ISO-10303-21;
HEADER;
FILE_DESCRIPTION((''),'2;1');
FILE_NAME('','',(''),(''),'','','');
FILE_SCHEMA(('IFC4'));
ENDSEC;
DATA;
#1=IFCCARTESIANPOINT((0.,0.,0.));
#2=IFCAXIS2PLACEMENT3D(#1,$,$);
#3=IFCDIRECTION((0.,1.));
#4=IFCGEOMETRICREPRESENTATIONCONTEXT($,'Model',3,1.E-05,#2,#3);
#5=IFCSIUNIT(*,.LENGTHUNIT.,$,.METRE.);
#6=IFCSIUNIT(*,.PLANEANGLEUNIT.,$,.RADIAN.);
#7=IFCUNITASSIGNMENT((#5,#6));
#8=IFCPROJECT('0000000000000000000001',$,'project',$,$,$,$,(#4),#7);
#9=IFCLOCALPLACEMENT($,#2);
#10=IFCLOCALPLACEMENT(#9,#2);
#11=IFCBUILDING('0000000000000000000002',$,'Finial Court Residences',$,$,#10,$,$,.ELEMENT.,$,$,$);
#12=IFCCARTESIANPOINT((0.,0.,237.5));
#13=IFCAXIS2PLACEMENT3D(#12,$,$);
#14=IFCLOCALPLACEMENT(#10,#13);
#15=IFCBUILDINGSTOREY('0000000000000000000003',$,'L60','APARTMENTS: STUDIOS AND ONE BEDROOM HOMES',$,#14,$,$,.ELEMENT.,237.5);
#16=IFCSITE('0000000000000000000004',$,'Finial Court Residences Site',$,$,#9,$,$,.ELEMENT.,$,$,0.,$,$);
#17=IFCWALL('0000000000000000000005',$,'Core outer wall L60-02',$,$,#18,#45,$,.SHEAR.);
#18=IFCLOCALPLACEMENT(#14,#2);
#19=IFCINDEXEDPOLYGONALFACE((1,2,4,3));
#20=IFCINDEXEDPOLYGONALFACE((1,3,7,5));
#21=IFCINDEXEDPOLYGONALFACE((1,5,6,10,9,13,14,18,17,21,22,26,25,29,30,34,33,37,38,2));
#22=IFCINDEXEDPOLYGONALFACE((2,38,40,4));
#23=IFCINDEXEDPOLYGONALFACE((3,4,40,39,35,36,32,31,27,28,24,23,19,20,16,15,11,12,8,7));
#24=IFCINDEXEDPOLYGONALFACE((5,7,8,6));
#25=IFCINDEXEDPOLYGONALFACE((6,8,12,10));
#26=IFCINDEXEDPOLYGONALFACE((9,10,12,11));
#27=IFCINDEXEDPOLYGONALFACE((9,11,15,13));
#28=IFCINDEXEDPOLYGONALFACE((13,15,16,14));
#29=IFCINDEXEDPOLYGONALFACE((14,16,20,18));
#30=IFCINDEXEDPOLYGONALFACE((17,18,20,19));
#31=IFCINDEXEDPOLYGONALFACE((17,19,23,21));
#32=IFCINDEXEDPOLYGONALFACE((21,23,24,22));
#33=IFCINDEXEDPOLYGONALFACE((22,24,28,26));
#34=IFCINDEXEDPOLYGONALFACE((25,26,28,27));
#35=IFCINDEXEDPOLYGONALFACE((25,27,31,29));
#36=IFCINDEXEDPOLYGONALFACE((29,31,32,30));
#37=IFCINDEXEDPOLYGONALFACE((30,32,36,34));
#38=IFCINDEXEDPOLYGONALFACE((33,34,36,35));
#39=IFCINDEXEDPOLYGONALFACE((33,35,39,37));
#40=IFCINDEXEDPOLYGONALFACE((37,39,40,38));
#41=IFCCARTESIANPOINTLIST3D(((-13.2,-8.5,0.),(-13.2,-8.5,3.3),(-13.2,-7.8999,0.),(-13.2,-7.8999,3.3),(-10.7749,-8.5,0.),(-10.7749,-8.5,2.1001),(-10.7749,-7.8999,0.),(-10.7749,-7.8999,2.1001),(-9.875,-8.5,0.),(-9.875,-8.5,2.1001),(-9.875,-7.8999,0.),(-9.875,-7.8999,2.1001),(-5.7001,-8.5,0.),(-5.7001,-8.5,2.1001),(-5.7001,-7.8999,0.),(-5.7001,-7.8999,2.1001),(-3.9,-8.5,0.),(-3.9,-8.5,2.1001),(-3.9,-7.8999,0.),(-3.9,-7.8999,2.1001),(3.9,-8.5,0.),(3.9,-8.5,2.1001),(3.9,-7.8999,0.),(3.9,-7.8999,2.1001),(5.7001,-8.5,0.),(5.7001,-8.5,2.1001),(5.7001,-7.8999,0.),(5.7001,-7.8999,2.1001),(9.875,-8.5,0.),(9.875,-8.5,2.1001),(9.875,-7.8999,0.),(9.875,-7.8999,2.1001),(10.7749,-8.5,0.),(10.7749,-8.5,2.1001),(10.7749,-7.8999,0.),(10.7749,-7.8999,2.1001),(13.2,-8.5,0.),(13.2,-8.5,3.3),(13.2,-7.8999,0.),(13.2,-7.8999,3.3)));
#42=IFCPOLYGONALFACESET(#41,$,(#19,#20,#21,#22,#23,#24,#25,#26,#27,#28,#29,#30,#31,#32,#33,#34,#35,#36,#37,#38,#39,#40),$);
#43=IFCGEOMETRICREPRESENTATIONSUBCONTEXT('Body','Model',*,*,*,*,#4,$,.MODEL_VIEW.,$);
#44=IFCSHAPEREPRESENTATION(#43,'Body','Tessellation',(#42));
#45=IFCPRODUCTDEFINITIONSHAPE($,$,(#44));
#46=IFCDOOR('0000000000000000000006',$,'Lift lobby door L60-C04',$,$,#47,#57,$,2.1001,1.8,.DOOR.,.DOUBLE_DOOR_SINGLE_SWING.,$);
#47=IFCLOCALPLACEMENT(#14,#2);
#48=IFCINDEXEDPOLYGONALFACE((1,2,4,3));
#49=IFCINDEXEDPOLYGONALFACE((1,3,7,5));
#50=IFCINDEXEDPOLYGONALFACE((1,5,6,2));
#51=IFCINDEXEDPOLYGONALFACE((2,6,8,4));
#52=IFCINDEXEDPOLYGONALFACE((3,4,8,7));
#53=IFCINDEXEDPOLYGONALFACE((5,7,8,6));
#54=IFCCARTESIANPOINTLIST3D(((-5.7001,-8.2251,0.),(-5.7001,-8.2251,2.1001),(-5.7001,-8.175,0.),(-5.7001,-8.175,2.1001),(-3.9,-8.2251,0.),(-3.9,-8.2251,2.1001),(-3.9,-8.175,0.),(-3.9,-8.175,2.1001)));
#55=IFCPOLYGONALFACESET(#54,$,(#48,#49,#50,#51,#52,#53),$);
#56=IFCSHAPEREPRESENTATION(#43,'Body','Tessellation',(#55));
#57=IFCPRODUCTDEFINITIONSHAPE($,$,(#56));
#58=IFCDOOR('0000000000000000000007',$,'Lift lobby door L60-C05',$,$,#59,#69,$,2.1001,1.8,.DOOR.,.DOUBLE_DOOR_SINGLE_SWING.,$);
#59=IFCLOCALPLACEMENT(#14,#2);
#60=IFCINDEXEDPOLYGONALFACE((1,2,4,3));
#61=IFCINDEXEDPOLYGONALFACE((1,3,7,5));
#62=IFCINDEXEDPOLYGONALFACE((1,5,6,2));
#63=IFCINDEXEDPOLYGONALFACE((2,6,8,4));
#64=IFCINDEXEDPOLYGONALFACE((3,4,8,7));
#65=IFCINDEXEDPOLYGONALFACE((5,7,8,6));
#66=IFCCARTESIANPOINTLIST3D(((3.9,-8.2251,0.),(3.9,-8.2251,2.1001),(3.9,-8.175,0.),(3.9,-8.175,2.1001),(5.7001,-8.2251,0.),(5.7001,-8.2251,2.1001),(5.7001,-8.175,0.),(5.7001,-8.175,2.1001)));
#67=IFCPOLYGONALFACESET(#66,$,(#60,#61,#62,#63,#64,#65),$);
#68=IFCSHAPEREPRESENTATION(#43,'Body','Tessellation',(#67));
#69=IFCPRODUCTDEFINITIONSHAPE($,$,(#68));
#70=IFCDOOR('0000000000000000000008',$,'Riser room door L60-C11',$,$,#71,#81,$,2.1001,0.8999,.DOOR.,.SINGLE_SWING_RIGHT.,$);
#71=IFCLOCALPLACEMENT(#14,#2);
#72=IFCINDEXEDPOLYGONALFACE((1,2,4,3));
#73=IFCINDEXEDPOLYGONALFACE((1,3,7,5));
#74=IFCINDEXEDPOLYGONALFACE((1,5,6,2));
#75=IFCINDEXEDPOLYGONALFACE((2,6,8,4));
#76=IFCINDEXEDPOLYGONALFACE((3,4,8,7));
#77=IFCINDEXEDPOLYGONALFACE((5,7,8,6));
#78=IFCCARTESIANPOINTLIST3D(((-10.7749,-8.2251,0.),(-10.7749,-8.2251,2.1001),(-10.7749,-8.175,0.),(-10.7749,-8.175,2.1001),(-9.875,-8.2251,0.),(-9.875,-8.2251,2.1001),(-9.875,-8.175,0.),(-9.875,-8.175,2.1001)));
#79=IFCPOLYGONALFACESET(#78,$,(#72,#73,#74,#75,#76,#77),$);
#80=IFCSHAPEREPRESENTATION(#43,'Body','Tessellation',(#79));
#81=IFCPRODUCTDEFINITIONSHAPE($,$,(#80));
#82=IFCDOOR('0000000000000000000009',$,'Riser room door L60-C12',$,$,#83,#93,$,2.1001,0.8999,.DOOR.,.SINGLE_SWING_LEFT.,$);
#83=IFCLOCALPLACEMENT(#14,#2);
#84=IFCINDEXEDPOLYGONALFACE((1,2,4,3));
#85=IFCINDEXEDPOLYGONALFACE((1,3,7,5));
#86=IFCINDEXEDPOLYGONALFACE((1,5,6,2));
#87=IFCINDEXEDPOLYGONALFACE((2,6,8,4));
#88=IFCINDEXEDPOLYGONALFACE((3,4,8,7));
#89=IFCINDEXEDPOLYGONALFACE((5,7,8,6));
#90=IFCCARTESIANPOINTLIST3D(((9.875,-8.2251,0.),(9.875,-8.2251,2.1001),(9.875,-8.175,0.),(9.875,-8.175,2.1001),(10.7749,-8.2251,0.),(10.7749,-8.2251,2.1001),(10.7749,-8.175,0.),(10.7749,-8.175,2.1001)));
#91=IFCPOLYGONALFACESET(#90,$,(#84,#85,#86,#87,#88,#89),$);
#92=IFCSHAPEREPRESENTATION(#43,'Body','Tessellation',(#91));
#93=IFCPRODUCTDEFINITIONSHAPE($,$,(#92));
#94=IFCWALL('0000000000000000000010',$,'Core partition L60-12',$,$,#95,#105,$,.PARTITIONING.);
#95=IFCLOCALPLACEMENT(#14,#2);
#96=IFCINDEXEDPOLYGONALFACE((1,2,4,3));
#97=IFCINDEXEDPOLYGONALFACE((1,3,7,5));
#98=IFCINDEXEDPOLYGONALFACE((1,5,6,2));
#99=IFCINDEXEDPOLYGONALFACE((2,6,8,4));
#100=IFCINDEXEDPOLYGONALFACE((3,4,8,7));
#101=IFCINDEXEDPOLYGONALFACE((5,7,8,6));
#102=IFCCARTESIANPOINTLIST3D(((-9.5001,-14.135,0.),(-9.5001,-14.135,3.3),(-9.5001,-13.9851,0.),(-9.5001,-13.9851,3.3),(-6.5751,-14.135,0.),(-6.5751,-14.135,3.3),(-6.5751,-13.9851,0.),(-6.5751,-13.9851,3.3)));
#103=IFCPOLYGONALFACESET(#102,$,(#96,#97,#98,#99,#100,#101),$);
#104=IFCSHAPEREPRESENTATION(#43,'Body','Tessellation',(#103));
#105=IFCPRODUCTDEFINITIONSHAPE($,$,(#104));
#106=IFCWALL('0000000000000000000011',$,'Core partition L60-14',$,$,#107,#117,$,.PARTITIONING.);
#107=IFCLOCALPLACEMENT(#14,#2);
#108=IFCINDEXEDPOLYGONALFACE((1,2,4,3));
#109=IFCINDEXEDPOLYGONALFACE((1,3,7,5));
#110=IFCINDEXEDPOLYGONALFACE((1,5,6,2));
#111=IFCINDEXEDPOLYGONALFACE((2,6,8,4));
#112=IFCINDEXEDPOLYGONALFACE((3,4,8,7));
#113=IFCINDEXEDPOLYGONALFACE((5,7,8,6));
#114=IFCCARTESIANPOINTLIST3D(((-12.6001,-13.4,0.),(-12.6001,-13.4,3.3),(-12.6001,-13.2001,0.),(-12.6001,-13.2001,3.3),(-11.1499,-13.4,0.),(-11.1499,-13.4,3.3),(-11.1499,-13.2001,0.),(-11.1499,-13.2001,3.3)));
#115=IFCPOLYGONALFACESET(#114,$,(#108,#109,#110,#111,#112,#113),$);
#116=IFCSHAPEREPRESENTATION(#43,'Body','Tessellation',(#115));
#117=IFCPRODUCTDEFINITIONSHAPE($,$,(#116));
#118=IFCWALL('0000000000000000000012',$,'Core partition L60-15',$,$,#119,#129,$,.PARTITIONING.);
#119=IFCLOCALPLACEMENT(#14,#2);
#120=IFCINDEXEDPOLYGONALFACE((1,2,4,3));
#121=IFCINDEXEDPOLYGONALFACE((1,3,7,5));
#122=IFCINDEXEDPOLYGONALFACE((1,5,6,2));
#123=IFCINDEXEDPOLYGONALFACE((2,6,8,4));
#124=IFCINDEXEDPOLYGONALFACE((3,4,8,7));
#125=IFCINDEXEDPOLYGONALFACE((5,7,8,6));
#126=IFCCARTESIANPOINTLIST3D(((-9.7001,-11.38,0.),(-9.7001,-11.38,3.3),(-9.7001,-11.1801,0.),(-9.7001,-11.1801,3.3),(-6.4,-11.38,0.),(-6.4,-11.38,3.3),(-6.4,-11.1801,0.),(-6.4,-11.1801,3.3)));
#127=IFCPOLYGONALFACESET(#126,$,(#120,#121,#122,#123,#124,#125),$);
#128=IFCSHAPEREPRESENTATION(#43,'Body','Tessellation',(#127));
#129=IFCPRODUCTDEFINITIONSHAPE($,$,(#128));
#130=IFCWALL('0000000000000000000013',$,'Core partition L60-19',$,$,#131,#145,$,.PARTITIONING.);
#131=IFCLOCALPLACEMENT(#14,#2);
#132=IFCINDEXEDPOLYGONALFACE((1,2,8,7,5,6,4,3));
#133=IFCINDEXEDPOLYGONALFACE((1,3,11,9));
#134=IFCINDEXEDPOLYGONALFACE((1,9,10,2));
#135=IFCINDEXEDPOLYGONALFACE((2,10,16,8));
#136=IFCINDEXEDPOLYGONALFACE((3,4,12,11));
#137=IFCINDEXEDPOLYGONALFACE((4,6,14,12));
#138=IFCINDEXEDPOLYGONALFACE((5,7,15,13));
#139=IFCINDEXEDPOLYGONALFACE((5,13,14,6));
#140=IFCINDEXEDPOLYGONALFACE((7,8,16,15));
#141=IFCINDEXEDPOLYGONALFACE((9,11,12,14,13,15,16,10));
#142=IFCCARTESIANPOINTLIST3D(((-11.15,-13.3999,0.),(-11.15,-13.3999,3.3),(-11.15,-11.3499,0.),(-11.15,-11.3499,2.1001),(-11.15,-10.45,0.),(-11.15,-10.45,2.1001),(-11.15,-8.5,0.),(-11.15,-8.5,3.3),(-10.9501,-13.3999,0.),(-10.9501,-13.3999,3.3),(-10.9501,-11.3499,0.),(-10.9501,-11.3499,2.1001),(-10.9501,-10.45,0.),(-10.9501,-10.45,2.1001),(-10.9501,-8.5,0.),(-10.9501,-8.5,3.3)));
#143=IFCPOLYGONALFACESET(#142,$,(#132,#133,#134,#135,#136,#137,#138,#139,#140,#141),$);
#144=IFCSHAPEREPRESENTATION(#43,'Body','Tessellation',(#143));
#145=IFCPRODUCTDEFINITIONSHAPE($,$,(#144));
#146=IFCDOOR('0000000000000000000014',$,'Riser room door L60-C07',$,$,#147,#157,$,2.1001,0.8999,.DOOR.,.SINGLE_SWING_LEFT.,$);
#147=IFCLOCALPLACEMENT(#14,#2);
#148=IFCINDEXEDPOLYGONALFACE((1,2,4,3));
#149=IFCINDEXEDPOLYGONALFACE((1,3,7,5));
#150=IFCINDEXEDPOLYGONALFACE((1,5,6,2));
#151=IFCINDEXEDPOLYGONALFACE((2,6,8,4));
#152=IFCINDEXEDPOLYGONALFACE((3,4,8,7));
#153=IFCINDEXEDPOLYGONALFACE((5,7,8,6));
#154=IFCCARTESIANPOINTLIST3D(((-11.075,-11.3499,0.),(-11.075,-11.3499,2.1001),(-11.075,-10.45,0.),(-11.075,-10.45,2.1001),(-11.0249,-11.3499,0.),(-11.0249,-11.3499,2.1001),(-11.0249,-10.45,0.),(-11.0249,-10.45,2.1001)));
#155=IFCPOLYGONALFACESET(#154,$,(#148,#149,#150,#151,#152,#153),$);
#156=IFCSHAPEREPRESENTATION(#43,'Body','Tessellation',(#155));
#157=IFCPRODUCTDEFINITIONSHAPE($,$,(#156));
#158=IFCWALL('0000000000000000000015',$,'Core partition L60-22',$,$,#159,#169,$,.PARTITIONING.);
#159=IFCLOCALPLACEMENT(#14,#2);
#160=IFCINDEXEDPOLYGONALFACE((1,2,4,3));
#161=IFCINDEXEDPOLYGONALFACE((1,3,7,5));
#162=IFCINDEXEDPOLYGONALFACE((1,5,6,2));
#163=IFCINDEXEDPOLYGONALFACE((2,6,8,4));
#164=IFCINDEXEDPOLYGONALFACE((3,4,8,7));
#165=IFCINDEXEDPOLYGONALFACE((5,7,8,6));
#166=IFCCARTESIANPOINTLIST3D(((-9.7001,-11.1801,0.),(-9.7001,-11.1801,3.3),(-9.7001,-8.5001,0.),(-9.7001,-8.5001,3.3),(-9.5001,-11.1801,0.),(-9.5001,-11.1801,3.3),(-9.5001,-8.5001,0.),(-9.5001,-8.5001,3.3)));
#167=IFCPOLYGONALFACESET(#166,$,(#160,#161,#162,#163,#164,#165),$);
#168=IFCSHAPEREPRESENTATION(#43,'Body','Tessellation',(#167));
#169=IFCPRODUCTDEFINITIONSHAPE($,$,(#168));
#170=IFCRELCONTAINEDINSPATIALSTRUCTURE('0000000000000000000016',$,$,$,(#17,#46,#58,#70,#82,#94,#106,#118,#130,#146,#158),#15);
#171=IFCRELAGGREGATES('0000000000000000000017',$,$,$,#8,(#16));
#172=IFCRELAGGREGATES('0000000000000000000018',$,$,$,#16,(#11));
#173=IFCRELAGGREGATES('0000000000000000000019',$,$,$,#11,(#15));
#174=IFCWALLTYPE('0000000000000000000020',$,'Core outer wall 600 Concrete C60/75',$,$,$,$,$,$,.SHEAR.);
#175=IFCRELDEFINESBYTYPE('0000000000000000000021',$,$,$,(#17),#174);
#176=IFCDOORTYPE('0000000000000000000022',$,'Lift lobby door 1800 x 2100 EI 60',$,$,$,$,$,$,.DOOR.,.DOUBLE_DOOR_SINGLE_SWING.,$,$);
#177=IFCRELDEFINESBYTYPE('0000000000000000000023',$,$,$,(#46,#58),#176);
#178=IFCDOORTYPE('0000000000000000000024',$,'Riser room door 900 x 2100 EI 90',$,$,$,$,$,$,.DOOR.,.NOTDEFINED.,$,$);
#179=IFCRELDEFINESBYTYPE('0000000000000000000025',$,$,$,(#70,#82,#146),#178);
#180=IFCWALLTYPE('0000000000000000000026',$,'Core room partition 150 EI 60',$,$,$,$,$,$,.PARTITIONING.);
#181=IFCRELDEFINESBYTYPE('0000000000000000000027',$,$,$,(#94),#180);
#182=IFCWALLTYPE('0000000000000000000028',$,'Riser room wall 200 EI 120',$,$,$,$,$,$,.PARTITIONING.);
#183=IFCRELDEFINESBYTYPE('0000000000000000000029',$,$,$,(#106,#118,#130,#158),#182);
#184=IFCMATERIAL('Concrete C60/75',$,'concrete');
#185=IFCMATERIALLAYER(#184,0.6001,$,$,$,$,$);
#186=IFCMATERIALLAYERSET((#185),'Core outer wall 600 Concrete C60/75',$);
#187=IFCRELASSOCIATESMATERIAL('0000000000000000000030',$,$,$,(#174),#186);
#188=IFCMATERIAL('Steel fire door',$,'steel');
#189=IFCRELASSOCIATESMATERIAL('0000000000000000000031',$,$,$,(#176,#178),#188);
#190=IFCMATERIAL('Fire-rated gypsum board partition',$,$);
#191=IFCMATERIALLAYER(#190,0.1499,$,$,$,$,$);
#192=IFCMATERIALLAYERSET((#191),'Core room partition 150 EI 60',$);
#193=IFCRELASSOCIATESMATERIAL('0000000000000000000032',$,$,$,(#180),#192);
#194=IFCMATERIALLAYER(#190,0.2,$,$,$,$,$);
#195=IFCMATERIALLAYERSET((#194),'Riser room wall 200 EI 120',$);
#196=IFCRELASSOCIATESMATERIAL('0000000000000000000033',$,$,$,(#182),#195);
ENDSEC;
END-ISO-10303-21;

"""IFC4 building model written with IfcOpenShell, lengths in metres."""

from ifc_helpers import new_model, si_unit, direction, frame, frame_2d, origin, place, context, subcontext, project, spatial, rectangle, extrude, material, layer, layer_set, type_object, element, fill, save


model = new_model("IFC4")

# Units and contexts
model_context = context("Model", 3, precision=1e-05, world=origin(), true_north=direction((0.0, 1.0)))
body_context = subcontext(model_context, "Body", "Model", "MODEL_VIEW")
ifc_project = project(units=[si_unit("LENGTHUNIT", "METRE"), si_unit("PLANEANGLEUNIT", "RADIAN")], contexts=[model_context])

# Site, building, storey
site_placement = place(None, origin())
site = spatial("IfcSite", under=ifc_project, at=site_placement, Name="Finial Court Residences Site", CompositionType="ELEMENT", RefElevation=0.0)
building_placement = place(site_placement, origin())
building = spatial("IfcBuilding", under=site, at=building_placement, Name="Finial Court Residences", CompositionType="ELEMENT")
storey_placement = place(building_placement, frame((0.0, 0.0, 237.5)))
storey = spatial("IfcBuildingStorey", under=building, at=storey_placement, Name="L60", Description="APARTMENTS: STUDIOS AND ONE BEDROOM HOMES", CompositionType="ELEMENT", Elevation=237.5)

# Wall, openings, doors
ifc_material_1 = material(Name="Concrete C60/75", Category="concrete")
ifc_layer_1 = layer(ifc_material_1, 0.6001)
ifc_layer_set_1 = layer_set([ifc_layer_1], Name="Core outer wall 600 Concrete C60/75")
wall_type_1 = type_object("IfcWallType", Name="Core outer wall 600 Concrete C60/75", PredefinedType="SHEAR", material=ifc_layer_set_1)
wall_1_placement = place(storey_placement, frame((-13.2, -8.2, 0.0), z_axis=(0.0, 0.0, 1.0), x_axis=(1.0, 0.0, 0.0)))
wall_1 = element("IfcWall", 1, at=wall_1_placement, inside=storey, type_object=wall_type_1, Name="Core outer wall L60-02", PredefinedType="SHEAR", context=body_context, shape_type="SweptSolid", body=[
    extrude(rectangle(XDim=26.3999, YDim=0.6001, at=frame_2d((13.2, 0.0))), origin(), (0.0, 0.0, 1.0), 3.3),
])
opening_1_placement = place(wall_1_placement, frame((7.5, 0.0, 0.0)))
opening_1 = element("IfcOpeningElement", 2, at=opening_1_placement, cuts=wall_1, PredefinedType="OPENING", context=body_context, shape_type="SweptSolid", body=[
    extrude(rectangle(XDim=1.8, YDim=2.1001, at=frame_2d((0.8999, 1.05))), frame((0.0, 0.3101, 0.0), z_axis=(0.0, -1.0, 0.0), x_axis=(1.0, 0.0, 0.0)), (0.0, 0.0, 1.0), 0.6201),
])
opening_2_placement = place(wall_1_placement, frame((17.1001, 0.0, 0.0)))
opening_2 = element("IfcOpeningElement", 3, at=opening_2_placement, cuts=wall_1, PredefinedType="OPENING", context=body_context, shape_type="SweptSolid", body=[
    extrude(rectangle(XDim=1.8, YDim=2.1001, at=frame_2d((0.8999, 1.05))), frame((0.0, 0.3101, 0.0), z_axis=(0.0, -1.0, 0.0), x_axis=(1.0, 0.0, 0.0)), (0.0, 0.0, 1.0), 0.6201),
])
opening_3_placement = place(wall_1_placement, frame((2.425, 0.0, 0.0)))
opening_3 = element("IfcOpeningElement", 4, at=opening_3_placement, cuts=wall_1, PredefinedType="OPENING", context=body_context, shape_type="SweptSolid", body=[
    extrude(rectangle(XDim=0.8999, YDim=2.1001, at=frame_2d((0.45, 1.05))), frame((0.0, 0.3101, 0.0), z_axis=(0.0, -1.0, 0.0), x_axis=(1.0, 0.0, 0.0)), (0.0, 0.0, 1.0), 0.6201),
])
opening_4_placement = place(wall_1_placement, frame((23.075, 0.0, 0.0)))
opening_4 = element("IfcOpeningElement", 5, at=opening_4_placement, cuts=wall_1, PredefinedType="OPENING", context=body_context, shape_type="SweptSolid", body=[
    extrude(rectangle(XDim=0.8999, YDim=2.1001, at=frame_2d((0.45, 1.05))), frame((0.0, 0.3101, 0.0), z_axis=(0.0, -1.0, 0.0), x_axis=(1.0, 0.0, 0.0)), (0.0, 0.0, 1.0), 0.6201),
])
ifc_material_2 = material(Name="Steel fire door", Category="steel")
door_type_1 = type_object("IfcDoorType", Name="Lift lobby door 1800 x 2100 EI 60", OperationType="DOUBLE_DOOR_SINGLE_SWING", PredefinedType="DOOR", material=ifc_material_2)
door_1_placement = place(opening_1_placement, origin())
door_1 = element("IfcDoor", 6, at=door_1_placement, inside=storey, type_object=door_type_1, Name="Lift lobby door L60-C04", OperationType="DOUBLE_DOOR_SINGLE_SWING", OverallHeight=2.1001, OverallWidth=1.8, PredefinedType="DOOR", context=body_context, shape_type="SweptSolid", body=[
    extrude(rectangle(XDim=1.8, YDim=2.1001, at=frame_2d((0.8999, 1.05))), frame((0.0, 0.0249, 0.0), z_axis=(0.0, -1.0, 0.0), x_axis=(1.0, 0.0, 0.0)), (0.0, 0.0, 1.0), 0.05),
])
fill(opening_1, door_1)
door_2_placement = place(opening_2_placement, origin())
door_2 = element("IfcDoor", 7, at=door_2_placement, inside=storey, type_object=door_type_1, Name="Lift lobby door L60-C05", OperationType="DOUBLE_DOOR_SINGLE_SWING", OverallHeight=2.1001, OverallWidth=1.8, PredefinedType="DOOR", context=body_context, shape_type="SweptSolid", body=[
    extrude(rectangle(XDim=1.8, YDim=2.1001, at=frame_2d((0.8999, 1.05))), frame((0.0, 0.0249, 0.0), z_axis=(0.0, -1.0, 0.0), x_axis=(1.0, 0.0, 0.0)), (0.0, 0.0, 1.0), 0.05),
])
fill(opening_2, door_2)
door_type_2 = type_object("IfcDoorType", Name="Riser room door 900 x 2100 EI 90", OperationType="NOTDEFINED", PredefinedType="DOOR", material=ifc_material_2)
door_3_placement = place(opening_3_placement, origin())
door_3 = element("IfcDoor", 8, at=door_3_placement, inside=storey, type_object=door_type_2, Name="Riser room door L60-C11", OperationType="SINGLE_SWING_RIGHT", OverallHeight=2.1001, OverallWidth=0.8999, PredefinedType="DOOR", context=body_context, shape_type="SweptSolid", body=[
    extrude(rectangle(XDim=0.8999, YDim=2.1001, at=frame_2d((0.45, 1.05))), frame((0.0, 0.0249, 0.0), z_axis=(0.0, -1.0, 0.0), x_axis=(1.0, 0.0, 0.0)), (0.0, 0.0, 1.0), 0.05),
])
fill(opening_3, door_3)
door_4_placement = place(opening_4_placement, origin())
door_4 = element("IfcDoor", 9, at=door_4_placement, inside=storey, type_object=door_type_2, Name="Riser room door L60-C12", OperationType="SINGLE_SWING_LEFT", OverallHeight=2.1001, OverallWidth=0.8999, PredefinedType="DOOR", context=body_context, shape_type="SweptSolid", body=[
    extrude(rectangle(XDim=0.8999, YDim=2.1001, at=frame_2d((0.45, 1.05))), frame((0.0, 0.0249, 0.0), z_axis=(0.0, -1.0, 0.0), x_axis=(1.0, 0.0, 0.0)), (0.0, 0.0, 1.0), 0.05),
])
fill(opening_4, door_4)

# Walls
ifc_material_3 = material(Name="Fire-rated gypsum board partition")
ifc_layer_2 = layer(ifc_material_3, 0.1499)
ifc_layer_set_2 = layer_set([ifc_layer_2], Name="Core room partition 150 EI 60")
wall_type_2 = type_object("IfcWallType", Name="Core room partition 150 EI 60", PredefinedType="PARTITIONING", material=ifc_layer_set_2)
wall_2_placement = place(storey_placement, frame((-9.5, -14.0601, 0.0), z_axis=(0.0, 0.0, 1.0), x_axis=(1.0, 0.0, 0.0)))
element("IfcWall", 10, at=wall_2_placement, inside=storey, type_object=wall_type_2, Name="Core partition L60-12", PredefinedType="PARTITIONING", context=body_context, shape_type="SweptSolid", body=[
    extrude(rectangle(XDim=2.925, YDim=0.1499, at=frame_2d((1.4624, 0.0))), origin(), (0.0, 0.0, 1.0), 3.3),
])
ifc_layer_3 = layer(ifc_material_3, 0.2)
ifc_layer_set_3 = layer_set([ifc_layer_3], Name="Riser room wall 200 EI 120")
wall_type_3 = type_object("IfcWallType", Name="Riser room wall 200 EI 120", PredefinedType="PARTITIONING", material=ifc_layer_set_3)
wall_3_placement = place(storey_placement, frame((-12.6001, -13.3, 0.0), z_axis=(0.0, 0.0, 1.0), x_axis=(1.0, 0.0, 0.0)))
element("IfcWall", 11, at=wall_3_placement, inside=storey, type_object=wall_type_3, Name="Core partition L60-14", PredefinedType="PARTITIONING", context=body_context, shape_type="SweptSolid", body=[
    extrude(rectangle(XDim=1.4502, YDim=0.2, at=frame_2d((0.7251, 0.0))), origin(), (0.0, 0.0, 1.0), 3.3),
])
wall_4_placement = place(storey_placement, frame((-9.7, -11.28, 0.0), z_axis=(0.0, 0.0, 1.0), x_axis=(1.0, 0.0, 0.0)))
element("IfcWall", 12, at=wall_4_placement, inside=storey, type_object=wall_type_3, Name="Core partition L60-15", PredefinedType="PARTITIONING", context=body_context, shape_type="SweptSolid", body=[
    extrude(rectangle(XDim=3.3, YDim=0.2, at=frame_2d((1.6499, 0.0))), origin(), (0.0, 0.0, 1.0), 3.3),
])

# Wall, opening, door
wall_5_placement = place(storey_placement, frame((-11.05, -13.3999, 0.0), z_axis=(0.0, 0.0, 1.0), x_axis=(0.0, 1.0, 0.0)))
wall_5 = element("IfcWall", 13, at=wall_5_placement, inside=storey, type_object=wall_type_3, Name="Core partition L60-19", PredefinedType="PARTITIONING", context=body_context, shape_type="SweptSolid", body=[
    extrude(rectangle(XDim=4.8999, YDim=0.2, at=frame_2d((2.45, 0.0))), origin(), (0.0, 0.0, 1.0), 3.3),
])
opening_5_placement = place(wall_5_placement, frame((2.05, 0.0, 0.0)))
opening_5 = element("IfcOpeningElement", 14, at=opening_5_placement, cuts=wall_5, PredefinedType="OPENING", context=body_context, shape_type="SweptSolid", body=[
    extrude(rectangle(XDim=0.8999, YDim=2.1001, at=frame_2d((0.45, 1.05))), frame((0.0, 0.1099, 0.0), z_axis=(0.0, -1.0, 0.0), x_axis=(1.0, 0.0, 0.0)), (0.0, 0.0, 1.0), 0.22),
])
door_5_placement = place(opening_5_placement, origin())
door_5 = element("IfcDoor", 15, at=door_5_placement, inside=storey, type_object=door_type_2, Name="Riser room door L60-C07", OperationType="SINGLE_SWING_LEFT", OverallHeight=2.1001, OverallWidth=0.8999, PredefinedType="DOOR", context=body_context, shape_type="SweptSolid", body=[
    extrude(rectangle(XDim=0.8999, YDim=2.1001, at=frame_2d((0.45, 1.05))), frame((0.0, 0.0249, 0.0), z_axis=(0.0, -1.0, 0.0), x_axis=(1.0, 0.0, 0.0)), (0.0, 0.0, 1.0), 0.05),
])
fill(opening_5, door_5)

# Wall
wall_6_placement = place(storey_placement, frame((-9.6001, -11.1799, 0.0), z_axis=(0.0, 0.0, 1.0), x_axis=(0.0, 1.0, 0.0)))
element("IfcWall", 16, at=wall_6_placement, inside=storey, type_object=wall_type_3, Name="Core partition L60-22", PredefinedType="PARTITIONING", context=body_context, shape_type="SweptSolid", body=[
    extrude(rectangle(XDim=2.6799, YDim=0.2, at=frame_2d((1.3398, 0.0))), origin(), (0.0, 0.0, 1.0), 3.3),
])

save(model, "model.ifc")
